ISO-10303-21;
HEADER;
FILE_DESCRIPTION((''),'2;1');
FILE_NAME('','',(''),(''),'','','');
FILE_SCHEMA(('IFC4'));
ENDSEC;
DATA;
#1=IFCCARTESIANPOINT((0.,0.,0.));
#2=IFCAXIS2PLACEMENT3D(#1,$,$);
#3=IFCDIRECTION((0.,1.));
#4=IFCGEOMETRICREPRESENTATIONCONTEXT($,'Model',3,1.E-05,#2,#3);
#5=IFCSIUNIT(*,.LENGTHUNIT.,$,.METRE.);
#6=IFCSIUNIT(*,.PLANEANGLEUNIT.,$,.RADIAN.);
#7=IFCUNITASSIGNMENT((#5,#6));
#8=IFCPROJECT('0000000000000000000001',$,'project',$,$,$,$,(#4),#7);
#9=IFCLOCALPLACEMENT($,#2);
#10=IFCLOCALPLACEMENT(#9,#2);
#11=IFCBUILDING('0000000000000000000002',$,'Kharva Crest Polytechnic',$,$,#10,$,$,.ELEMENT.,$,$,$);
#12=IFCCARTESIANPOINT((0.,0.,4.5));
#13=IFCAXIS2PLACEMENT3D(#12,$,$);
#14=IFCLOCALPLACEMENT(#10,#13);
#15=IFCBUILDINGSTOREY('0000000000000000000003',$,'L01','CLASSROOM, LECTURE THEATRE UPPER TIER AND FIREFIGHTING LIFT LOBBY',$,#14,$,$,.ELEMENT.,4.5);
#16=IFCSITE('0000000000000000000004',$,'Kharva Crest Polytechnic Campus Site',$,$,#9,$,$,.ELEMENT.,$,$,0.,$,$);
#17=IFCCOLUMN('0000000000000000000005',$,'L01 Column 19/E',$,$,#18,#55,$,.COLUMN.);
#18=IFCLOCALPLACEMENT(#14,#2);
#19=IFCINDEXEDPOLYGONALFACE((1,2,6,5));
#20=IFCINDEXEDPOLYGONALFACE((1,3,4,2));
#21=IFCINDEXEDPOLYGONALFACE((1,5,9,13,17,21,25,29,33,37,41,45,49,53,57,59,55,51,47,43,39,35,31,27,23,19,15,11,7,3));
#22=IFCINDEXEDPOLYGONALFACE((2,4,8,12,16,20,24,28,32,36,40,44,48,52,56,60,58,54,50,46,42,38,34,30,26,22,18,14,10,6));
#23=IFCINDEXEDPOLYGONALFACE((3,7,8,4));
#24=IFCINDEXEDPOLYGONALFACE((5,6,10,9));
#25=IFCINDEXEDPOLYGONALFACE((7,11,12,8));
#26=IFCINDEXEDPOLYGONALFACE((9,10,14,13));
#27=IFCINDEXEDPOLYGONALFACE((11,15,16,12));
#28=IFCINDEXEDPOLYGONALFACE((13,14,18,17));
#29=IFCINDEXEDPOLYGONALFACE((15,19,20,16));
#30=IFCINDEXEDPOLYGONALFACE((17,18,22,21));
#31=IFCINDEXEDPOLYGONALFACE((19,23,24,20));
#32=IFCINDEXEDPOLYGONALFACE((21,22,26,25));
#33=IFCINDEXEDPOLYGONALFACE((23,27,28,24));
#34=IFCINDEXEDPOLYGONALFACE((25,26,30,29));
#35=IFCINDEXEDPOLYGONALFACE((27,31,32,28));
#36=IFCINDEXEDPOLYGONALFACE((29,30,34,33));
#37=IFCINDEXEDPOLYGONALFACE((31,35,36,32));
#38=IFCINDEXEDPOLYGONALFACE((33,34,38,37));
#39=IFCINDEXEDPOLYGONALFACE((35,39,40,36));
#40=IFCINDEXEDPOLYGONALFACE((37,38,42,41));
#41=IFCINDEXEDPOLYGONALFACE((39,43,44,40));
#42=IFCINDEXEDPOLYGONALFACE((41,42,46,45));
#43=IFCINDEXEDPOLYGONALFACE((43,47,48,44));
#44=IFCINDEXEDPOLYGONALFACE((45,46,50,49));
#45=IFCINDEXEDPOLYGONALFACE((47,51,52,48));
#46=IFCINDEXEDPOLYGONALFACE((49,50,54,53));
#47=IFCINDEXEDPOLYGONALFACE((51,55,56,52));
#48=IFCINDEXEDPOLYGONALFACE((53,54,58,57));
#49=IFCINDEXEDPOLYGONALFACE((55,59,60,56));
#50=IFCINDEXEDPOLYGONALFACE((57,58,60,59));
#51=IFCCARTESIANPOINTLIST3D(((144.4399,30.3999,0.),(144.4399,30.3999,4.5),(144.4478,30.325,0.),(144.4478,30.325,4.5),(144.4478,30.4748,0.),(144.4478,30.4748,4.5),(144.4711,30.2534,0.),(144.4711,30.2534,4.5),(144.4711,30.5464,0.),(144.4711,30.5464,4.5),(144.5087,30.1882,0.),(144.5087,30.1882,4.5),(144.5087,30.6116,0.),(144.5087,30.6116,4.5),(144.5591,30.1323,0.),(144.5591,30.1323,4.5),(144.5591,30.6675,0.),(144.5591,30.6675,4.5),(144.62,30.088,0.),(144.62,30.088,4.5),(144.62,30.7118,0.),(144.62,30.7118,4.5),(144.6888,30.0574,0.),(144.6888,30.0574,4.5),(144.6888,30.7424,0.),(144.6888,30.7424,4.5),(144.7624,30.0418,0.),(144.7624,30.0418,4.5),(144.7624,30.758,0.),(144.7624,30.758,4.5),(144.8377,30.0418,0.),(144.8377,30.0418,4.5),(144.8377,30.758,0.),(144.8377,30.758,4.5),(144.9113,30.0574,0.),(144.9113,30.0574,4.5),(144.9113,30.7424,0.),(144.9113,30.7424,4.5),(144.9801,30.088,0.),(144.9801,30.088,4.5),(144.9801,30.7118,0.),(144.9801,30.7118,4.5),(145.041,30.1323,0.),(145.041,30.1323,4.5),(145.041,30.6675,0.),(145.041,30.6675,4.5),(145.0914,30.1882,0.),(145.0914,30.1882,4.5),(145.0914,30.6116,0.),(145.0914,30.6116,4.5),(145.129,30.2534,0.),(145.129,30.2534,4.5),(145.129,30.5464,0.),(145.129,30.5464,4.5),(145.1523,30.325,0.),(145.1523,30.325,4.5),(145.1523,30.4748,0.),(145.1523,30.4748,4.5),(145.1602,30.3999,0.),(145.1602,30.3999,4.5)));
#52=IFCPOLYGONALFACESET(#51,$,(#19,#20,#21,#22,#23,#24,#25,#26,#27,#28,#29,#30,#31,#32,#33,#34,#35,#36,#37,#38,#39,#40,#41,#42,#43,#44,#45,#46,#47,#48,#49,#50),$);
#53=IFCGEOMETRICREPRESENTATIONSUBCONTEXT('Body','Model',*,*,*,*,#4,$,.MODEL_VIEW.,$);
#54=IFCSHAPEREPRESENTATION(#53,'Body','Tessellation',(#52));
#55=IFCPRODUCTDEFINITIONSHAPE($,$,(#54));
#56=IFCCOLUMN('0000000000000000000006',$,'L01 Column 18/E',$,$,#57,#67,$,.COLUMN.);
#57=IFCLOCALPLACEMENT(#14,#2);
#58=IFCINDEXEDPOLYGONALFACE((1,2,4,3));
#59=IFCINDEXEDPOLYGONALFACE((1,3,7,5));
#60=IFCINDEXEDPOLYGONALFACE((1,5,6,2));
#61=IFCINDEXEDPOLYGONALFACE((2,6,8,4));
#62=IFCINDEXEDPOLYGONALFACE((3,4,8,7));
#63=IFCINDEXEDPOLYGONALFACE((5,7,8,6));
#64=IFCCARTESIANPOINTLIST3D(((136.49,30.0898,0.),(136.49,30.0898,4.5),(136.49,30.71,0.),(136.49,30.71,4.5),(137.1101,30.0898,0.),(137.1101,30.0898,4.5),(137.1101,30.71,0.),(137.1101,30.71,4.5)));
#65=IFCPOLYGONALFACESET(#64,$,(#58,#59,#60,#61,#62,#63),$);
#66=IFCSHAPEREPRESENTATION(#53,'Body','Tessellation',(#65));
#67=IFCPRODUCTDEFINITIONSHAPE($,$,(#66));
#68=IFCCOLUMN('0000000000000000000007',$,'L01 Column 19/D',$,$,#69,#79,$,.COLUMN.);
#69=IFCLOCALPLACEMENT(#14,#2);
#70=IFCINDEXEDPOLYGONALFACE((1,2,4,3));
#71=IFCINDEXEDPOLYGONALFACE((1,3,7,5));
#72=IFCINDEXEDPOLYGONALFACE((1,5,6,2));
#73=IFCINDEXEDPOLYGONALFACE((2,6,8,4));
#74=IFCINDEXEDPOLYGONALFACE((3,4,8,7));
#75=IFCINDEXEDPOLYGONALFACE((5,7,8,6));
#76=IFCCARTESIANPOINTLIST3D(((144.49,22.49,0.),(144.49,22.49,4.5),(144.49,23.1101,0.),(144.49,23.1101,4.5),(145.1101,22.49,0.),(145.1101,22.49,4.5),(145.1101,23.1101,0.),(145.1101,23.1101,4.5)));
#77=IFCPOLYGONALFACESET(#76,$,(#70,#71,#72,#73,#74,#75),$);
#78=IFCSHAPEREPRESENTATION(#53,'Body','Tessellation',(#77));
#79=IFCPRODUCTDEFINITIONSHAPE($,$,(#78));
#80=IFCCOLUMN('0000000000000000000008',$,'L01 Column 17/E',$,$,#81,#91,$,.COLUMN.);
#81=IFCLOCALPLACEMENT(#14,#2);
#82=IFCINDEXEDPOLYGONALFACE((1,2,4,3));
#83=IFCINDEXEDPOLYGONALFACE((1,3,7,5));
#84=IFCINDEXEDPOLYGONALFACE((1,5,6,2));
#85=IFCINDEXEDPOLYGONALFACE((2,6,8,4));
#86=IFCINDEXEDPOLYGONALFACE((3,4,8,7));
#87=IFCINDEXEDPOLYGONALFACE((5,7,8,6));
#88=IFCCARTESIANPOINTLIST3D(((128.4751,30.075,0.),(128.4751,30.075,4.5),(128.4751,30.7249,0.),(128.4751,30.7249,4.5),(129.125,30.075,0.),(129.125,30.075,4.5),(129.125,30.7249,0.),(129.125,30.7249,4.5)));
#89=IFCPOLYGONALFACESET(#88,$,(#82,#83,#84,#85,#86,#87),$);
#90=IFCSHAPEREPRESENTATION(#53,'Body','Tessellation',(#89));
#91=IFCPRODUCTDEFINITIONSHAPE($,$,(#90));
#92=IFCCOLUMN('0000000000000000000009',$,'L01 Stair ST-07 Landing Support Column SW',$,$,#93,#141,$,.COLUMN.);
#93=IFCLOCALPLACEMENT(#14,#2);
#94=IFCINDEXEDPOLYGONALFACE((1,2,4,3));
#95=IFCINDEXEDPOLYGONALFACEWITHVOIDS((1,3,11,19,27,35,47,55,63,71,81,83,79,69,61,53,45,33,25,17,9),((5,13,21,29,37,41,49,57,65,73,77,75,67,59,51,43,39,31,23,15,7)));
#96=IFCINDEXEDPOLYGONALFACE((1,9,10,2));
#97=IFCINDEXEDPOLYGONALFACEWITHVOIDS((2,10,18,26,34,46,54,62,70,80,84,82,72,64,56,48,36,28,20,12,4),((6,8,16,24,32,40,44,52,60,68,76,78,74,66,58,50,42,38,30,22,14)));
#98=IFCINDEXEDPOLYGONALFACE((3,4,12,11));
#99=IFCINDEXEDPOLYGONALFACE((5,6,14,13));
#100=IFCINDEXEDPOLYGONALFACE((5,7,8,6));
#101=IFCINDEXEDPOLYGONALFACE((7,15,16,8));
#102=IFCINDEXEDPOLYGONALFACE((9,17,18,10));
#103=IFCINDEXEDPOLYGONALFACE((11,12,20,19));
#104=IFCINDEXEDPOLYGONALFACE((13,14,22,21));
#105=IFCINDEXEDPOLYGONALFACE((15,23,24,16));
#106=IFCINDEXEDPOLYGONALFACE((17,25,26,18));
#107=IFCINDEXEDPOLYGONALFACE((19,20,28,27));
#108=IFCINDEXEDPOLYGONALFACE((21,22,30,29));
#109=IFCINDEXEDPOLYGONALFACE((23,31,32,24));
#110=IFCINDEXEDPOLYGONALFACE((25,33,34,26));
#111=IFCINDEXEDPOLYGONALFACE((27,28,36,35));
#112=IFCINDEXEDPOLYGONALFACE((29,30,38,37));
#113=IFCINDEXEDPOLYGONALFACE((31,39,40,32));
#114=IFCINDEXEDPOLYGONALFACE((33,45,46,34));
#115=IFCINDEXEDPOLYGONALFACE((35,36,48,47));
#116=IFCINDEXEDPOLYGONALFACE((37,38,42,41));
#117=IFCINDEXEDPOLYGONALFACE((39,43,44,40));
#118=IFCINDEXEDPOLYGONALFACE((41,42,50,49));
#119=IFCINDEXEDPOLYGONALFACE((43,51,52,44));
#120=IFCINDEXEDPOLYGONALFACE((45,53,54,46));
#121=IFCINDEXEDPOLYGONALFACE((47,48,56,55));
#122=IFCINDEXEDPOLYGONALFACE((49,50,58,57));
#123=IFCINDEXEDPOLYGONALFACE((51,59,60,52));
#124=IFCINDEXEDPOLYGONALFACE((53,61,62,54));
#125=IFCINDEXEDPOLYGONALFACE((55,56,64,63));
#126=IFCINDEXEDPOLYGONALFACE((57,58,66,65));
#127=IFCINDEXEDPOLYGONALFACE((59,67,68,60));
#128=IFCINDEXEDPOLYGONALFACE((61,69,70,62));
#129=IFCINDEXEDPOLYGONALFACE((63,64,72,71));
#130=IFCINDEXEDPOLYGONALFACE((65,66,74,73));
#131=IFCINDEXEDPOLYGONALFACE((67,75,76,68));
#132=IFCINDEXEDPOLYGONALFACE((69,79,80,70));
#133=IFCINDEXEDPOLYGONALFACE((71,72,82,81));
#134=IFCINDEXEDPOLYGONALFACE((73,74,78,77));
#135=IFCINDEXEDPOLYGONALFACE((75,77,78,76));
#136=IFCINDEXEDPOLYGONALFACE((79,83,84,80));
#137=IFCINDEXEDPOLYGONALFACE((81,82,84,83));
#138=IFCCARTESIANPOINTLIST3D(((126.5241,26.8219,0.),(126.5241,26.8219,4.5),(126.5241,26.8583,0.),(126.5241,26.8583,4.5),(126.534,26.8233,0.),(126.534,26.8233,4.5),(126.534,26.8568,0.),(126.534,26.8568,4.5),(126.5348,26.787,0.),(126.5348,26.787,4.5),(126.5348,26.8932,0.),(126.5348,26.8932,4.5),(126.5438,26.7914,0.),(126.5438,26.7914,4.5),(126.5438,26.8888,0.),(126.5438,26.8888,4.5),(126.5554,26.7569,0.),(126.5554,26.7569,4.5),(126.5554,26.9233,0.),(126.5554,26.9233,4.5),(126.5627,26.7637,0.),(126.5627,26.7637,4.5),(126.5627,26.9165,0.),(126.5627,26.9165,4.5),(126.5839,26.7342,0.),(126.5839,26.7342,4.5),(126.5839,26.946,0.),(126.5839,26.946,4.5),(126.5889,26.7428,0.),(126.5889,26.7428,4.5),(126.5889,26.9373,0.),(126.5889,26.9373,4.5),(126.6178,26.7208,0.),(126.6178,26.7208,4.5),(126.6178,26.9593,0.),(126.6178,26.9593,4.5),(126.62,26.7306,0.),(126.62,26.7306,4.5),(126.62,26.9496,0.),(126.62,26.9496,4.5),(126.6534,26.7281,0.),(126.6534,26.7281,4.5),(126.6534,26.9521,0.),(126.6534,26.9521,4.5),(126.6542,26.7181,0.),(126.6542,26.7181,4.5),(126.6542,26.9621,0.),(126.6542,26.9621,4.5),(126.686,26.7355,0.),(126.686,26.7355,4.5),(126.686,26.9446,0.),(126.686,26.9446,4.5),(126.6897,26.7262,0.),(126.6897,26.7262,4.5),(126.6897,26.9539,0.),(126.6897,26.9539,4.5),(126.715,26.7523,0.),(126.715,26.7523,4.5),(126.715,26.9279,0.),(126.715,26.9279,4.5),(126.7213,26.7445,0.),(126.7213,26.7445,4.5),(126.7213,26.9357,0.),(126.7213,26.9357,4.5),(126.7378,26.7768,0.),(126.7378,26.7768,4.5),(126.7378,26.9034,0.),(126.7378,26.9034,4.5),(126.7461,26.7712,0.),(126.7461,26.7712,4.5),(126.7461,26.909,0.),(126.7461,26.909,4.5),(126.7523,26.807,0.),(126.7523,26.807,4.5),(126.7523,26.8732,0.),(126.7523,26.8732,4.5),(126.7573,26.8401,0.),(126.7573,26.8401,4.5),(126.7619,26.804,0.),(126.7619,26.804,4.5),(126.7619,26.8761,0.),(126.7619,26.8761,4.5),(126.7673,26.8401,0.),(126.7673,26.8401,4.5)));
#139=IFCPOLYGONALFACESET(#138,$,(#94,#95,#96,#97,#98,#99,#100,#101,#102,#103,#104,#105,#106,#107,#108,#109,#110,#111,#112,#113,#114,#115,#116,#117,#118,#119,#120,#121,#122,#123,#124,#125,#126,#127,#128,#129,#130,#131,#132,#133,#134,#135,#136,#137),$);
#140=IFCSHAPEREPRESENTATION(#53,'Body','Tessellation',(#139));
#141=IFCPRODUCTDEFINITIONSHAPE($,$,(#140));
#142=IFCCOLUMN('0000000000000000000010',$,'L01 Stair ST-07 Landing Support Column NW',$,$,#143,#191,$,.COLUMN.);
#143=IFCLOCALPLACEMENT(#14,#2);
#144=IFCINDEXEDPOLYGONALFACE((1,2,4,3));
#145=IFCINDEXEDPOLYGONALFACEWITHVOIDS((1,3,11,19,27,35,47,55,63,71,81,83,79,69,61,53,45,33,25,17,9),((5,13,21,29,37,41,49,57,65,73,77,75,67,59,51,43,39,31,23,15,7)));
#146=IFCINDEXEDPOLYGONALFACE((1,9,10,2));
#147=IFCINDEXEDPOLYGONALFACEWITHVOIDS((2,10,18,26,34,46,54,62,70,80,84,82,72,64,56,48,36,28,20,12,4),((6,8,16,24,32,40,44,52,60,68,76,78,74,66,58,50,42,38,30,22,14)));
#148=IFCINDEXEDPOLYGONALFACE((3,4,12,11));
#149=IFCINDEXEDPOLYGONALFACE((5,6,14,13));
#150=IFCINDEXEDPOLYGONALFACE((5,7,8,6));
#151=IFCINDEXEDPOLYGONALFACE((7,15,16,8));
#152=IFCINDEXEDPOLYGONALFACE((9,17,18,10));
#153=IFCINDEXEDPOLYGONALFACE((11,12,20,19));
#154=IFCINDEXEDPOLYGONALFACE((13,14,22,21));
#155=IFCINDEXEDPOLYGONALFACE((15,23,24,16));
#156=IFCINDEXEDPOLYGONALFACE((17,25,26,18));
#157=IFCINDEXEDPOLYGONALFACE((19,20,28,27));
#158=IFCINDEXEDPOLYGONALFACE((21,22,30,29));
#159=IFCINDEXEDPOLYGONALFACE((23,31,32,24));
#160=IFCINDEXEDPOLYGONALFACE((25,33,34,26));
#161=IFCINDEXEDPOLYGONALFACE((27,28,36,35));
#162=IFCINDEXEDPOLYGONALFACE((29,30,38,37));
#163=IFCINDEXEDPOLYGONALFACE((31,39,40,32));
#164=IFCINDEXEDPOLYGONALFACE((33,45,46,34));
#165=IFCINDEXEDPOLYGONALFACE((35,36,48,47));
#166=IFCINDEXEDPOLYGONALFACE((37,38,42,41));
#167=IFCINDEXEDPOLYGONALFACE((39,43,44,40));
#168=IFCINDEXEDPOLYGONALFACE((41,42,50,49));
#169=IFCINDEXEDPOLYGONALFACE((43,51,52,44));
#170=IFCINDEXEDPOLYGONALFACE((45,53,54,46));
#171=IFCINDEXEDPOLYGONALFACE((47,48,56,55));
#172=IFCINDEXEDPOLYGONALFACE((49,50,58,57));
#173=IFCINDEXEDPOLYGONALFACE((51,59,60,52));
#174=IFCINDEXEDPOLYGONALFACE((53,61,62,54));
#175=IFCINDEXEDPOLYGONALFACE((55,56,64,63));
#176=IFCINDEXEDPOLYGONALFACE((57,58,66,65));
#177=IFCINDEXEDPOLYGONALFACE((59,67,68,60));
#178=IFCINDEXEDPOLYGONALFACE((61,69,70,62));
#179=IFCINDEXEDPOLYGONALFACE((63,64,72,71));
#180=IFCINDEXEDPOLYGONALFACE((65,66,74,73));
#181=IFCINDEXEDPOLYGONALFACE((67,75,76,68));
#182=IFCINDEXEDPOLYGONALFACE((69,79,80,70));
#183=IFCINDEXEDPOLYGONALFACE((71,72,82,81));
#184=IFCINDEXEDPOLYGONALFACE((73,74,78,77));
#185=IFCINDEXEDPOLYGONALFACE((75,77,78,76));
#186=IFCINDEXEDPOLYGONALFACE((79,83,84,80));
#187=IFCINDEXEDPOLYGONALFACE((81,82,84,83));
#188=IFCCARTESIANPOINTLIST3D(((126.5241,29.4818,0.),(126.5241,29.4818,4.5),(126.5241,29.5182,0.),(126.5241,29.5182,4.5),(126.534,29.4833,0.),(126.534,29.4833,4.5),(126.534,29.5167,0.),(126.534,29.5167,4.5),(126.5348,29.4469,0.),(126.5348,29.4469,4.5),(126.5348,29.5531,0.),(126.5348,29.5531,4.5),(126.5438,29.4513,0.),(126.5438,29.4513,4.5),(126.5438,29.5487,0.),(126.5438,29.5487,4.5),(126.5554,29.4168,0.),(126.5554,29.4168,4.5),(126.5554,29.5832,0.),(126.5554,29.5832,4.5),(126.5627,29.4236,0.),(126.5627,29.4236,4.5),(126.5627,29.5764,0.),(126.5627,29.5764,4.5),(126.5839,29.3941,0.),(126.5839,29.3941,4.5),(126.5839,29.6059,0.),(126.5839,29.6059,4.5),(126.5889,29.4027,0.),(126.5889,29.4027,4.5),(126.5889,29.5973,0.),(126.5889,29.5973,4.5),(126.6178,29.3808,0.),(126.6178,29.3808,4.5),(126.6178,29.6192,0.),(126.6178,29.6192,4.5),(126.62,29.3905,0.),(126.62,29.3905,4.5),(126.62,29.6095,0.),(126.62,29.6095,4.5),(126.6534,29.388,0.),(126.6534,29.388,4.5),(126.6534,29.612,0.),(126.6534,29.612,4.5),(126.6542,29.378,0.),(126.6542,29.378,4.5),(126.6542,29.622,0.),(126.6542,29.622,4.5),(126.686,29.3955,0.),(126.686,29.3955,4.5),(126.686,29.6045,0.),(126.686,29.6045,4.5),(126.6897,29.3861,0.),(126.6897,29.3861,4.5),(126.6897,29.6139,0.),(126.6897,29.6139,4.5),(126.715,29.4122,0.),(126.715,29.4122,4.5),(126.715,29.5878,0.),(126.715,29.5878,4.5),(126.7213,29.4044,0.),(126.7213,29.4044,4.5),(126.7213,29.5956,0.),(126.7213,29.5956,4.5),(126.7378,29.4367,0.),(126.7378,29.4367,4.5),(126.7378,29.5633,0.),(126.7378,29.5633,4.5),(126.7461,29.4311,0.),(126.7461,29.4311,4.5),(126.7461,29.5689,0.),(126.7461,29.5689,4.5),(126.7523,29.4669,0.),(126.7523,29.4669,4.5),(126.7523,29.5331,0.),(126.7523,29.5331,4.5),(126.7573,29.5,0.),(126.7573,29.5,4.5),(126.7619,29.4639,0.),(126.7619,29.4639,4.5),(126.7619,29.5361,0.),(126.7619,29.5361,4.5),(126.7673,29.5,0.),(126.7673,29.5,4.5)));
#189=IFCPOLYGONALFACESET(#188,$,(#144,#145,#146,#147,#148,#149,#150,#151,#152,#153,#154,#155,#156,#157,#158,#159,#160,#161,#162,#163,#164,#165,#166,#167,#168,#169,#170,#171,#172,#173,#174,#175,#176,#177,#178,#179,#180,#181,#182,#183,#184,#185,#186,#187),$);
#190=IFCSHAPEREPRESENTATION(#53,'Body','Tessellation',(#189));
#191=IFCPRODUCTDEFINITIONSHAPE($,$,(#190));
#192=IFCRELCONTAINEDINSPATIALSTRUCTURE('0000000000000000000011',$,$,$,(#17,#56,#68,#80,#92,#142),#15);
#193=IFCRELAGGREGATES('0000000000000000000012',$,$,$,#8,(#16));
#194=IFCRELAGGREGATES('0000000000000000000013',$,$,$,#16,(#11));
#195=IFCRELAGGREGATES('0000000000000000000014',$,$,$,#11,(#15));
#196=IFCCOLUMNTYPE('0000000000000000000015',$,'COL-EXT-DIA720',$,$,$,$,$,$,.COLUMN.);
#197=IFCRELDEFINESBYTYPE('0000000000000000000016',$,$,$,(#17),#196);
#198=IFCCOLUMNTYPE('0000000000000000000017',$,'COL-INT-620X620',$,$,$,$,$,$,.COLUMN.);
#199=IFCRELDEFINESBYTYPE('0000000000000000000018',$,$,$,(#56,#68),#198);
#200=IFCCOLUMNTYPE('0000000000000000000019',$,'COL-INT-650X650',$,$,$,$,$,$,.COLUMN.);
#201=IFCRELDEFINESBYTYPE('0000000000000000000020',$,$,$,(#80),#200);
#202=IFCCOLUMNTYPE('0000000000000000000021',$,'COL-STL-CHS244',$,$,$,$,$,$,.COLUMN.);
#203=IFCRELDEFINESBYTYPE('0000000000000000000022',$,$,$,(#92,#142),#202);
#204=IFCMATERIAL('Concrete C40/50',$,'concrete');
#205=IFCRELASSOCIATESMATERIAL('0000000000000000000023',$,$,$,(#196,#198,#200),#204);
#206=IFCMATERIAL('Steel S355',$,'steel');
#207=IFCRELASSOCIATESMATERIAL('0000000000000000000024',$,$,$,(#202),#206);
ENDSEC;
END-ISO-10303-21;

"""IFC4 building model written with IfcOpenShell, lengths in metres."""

from ifc_helpers import new_model, si_unit, direction, frame, origin, origin_2d, place, context, subcontext, project, spatial, rectangle, circle, hollow_circle, extrude, material, material_profile, profile_set, type_object, element, save


model = new_model("IFC4")

# Units and contexts
model_context = context("Model", 3, precision=1e-05, world=origin(), true_north=direction((0.0, 1.0)))
body_context = subcontext(model_context, "Body", "Model", "MODEL_VIEW")
ifc_project = project(units=[si_unit("LENGTHUNIT", "METRE"), si_unit("PLANEANGLEUNIT", "RADIAN")], contexts=[model_context])

# Site, building, storey
site_placement = place(None, origin())
site = spatial("IfcSite", under=ifc_project, at=site_placement, Name="Kharva Crest Polytechnic Campus Site", CompositionType="ELEMENT", RefElevation=0.0)
building_placement = place(site_placement, origin())
building = spatial("IfcBuilding", under=site, at=building_placement, Name="Kharva Crest Polytechnic", CompositionType="ELEMENT")
storey_placement = place(building_placement, frame((0.0, 0.0, 4.5)))
storey = spatial("IfcBuildingStorey", under=building, at=storey_placement, Name="L01", Description="CLASSROOM, LECTURE THEATRE UPPER TIER AND FIREFIGHTING LIFT LOBBY", CompositionType="ELEMENT", Elevation=4.5)

# Columns
ifc_material_1 = material(Name="Concrete C40/50", Category="concrete")
ifc_material_profile_1 = material_profile(ifc_material_1, circle(Radius=0.3601, at=origin_2d()), Name="DIA 720")
ifc_profile_set_1 = profile_set([ifc_material_profile_1], Name="Concrete C40/50")
column_type_1 = type_object("IfcColumnType", Name="COL-EXT-DIA720", PredefinedType="COLUMN", material=ifc_profile_set_1)
column_1_placement = place(storey_placement, frame((144.8, 30.3999, 0.0), z_axis=(0.0, 0.0, 1.0), x_axis=(1.0, 0.0, 0.0)))
element("IfcColumn", 1, at=column_1_placement, inside=storey, type_object=column_type_1, Name="L01 Column 19/E", PredefinedType="COLUMN", context=body_context, shape_type="SweptSolid", body=[
    extrude(circle(Radius=0.3601, at=origin_2d()), origin(), (0.0, 0.0, 1.0), 4.5),
])
ifc_material_profile_2 = material_profile(ifc_material_1, rectangle(XDim=0.6201, YDim=0.6201, at=origin_2d()), Name="RECT 620 X 620")
ifc_profile_set_2 = profile_set([ifc_material_profile_2], Name="Concrete C40/50")
column_type_2 = type_object("IfcColumnType", Name="COL-INT-620X620", PredefinedType="COLUMN", material=ifc_profile_set_2)
for number, where, z_axis, x_axis, name in (
    (2, (136.8, 30.3999, 0.0), (0.0, 0.0, 1.0), (1.0, 0.0, 0.0), "L01 Column 18/E"),
    (3, (144.8, 22.8, 0.0), (0.0, 0.0, 1.0), (1.0, 0.0, 0.0), "L01 Column 19/D"),
):
    element("IfcColumn", number, at=place(storey_placement, frame(where, z_axis=z_axis, x_axis=x_axis)), inside=storey, type_object=column_type_2, Name=name, PredefinedType="COLUMN", context=body_context, shape_type="SweptSolid", body=[
        extrude(rectangle(XDim=0.6201, YDim=0.6201, at=origin_2d()), origin(), (0.0, 0.0, 1.0), 4.5),
    ])
ifc_material_profile_3 = material_profile(ifc_material_1, rectangle(XDim=0.6499, YDim=0.6499, at=origin_2d()), Name="RECT 650 X 650")
ifc_profile_set_3 = profile_set([ifc_material_profile_3], Name="Concrete C40/50")
column_type_3 = type_object("IfcColumnType", Name="COL-INT-650X650", PredefinedType="COLUMN", material=ifc_profile_set_3)
column_2_placement = place(storey_placement, frame((128.8, 30.3999, 0.0), z_axis=(0.0, 0.0, 1.0), x_axis=(1.0, 0.0, 0.0)))
element("IfcColumn", 4, at=column_2_placement, inside=storey, type_object=column_type_3, Name="L01 Column 17/E", PredefinedType="COLUMN", context=body_context, shape_type="SweptSolid", body=[
    extrude(rectangle(XDim=0.6499, YDim=0.6499, at=origin_2d()), origin(), (0.0, 0.0, 1.0), 4.5),
])
ifc_material_2 = material(Name="Steel S355", Category="steel")
ifc_material_profile_4 = material_profile(ifc_material_2, hollow_circle(Radius=0.1223, WallThickness=0.01, at=origin_2d()), Name="CHS 244.5X10.0")
ifc_profile_set_4 = profile_set([ifc_material_profile_4], Name="Steel S355")
column_type_4 = type_object("IfcColumnType", Name="COL-STL-CHS244", PredefinedType="COLUMN", material=ifc_profile_set_4)
for number, where, z_axis, x_axis, name in (
    (5, (126.645, 26.8401, 0.0), (0.0, 0.0, 1.0), (1.0, 0.0, 0.0), "L01 Stair ST-07 Landing Support Column SW"),
    (6, (126.645, 29.5, 0.0), (0.0, 0.0, 1.0), (1.0, 0.0, 0.0), "L01 Stair ST-07 Landing Support Column NW"),
):
    element("IfcColumn", number, at=place(storey_placement, frame(where, z_axis=z_axis, x_axis=x_axis)), inside=storey, type_object=column_type_4, Name=name, PredefinedType="COLUMN", context=body_context, shape_type="SweptSolid", body=[
        extrude(hollow_circle(Radius=0.1223, WallThickness=0.01, at=origin_2d()), origin(), (0.0, 0.0, 1.0), 4.5),
    ])

save(model, "model.ifc")
